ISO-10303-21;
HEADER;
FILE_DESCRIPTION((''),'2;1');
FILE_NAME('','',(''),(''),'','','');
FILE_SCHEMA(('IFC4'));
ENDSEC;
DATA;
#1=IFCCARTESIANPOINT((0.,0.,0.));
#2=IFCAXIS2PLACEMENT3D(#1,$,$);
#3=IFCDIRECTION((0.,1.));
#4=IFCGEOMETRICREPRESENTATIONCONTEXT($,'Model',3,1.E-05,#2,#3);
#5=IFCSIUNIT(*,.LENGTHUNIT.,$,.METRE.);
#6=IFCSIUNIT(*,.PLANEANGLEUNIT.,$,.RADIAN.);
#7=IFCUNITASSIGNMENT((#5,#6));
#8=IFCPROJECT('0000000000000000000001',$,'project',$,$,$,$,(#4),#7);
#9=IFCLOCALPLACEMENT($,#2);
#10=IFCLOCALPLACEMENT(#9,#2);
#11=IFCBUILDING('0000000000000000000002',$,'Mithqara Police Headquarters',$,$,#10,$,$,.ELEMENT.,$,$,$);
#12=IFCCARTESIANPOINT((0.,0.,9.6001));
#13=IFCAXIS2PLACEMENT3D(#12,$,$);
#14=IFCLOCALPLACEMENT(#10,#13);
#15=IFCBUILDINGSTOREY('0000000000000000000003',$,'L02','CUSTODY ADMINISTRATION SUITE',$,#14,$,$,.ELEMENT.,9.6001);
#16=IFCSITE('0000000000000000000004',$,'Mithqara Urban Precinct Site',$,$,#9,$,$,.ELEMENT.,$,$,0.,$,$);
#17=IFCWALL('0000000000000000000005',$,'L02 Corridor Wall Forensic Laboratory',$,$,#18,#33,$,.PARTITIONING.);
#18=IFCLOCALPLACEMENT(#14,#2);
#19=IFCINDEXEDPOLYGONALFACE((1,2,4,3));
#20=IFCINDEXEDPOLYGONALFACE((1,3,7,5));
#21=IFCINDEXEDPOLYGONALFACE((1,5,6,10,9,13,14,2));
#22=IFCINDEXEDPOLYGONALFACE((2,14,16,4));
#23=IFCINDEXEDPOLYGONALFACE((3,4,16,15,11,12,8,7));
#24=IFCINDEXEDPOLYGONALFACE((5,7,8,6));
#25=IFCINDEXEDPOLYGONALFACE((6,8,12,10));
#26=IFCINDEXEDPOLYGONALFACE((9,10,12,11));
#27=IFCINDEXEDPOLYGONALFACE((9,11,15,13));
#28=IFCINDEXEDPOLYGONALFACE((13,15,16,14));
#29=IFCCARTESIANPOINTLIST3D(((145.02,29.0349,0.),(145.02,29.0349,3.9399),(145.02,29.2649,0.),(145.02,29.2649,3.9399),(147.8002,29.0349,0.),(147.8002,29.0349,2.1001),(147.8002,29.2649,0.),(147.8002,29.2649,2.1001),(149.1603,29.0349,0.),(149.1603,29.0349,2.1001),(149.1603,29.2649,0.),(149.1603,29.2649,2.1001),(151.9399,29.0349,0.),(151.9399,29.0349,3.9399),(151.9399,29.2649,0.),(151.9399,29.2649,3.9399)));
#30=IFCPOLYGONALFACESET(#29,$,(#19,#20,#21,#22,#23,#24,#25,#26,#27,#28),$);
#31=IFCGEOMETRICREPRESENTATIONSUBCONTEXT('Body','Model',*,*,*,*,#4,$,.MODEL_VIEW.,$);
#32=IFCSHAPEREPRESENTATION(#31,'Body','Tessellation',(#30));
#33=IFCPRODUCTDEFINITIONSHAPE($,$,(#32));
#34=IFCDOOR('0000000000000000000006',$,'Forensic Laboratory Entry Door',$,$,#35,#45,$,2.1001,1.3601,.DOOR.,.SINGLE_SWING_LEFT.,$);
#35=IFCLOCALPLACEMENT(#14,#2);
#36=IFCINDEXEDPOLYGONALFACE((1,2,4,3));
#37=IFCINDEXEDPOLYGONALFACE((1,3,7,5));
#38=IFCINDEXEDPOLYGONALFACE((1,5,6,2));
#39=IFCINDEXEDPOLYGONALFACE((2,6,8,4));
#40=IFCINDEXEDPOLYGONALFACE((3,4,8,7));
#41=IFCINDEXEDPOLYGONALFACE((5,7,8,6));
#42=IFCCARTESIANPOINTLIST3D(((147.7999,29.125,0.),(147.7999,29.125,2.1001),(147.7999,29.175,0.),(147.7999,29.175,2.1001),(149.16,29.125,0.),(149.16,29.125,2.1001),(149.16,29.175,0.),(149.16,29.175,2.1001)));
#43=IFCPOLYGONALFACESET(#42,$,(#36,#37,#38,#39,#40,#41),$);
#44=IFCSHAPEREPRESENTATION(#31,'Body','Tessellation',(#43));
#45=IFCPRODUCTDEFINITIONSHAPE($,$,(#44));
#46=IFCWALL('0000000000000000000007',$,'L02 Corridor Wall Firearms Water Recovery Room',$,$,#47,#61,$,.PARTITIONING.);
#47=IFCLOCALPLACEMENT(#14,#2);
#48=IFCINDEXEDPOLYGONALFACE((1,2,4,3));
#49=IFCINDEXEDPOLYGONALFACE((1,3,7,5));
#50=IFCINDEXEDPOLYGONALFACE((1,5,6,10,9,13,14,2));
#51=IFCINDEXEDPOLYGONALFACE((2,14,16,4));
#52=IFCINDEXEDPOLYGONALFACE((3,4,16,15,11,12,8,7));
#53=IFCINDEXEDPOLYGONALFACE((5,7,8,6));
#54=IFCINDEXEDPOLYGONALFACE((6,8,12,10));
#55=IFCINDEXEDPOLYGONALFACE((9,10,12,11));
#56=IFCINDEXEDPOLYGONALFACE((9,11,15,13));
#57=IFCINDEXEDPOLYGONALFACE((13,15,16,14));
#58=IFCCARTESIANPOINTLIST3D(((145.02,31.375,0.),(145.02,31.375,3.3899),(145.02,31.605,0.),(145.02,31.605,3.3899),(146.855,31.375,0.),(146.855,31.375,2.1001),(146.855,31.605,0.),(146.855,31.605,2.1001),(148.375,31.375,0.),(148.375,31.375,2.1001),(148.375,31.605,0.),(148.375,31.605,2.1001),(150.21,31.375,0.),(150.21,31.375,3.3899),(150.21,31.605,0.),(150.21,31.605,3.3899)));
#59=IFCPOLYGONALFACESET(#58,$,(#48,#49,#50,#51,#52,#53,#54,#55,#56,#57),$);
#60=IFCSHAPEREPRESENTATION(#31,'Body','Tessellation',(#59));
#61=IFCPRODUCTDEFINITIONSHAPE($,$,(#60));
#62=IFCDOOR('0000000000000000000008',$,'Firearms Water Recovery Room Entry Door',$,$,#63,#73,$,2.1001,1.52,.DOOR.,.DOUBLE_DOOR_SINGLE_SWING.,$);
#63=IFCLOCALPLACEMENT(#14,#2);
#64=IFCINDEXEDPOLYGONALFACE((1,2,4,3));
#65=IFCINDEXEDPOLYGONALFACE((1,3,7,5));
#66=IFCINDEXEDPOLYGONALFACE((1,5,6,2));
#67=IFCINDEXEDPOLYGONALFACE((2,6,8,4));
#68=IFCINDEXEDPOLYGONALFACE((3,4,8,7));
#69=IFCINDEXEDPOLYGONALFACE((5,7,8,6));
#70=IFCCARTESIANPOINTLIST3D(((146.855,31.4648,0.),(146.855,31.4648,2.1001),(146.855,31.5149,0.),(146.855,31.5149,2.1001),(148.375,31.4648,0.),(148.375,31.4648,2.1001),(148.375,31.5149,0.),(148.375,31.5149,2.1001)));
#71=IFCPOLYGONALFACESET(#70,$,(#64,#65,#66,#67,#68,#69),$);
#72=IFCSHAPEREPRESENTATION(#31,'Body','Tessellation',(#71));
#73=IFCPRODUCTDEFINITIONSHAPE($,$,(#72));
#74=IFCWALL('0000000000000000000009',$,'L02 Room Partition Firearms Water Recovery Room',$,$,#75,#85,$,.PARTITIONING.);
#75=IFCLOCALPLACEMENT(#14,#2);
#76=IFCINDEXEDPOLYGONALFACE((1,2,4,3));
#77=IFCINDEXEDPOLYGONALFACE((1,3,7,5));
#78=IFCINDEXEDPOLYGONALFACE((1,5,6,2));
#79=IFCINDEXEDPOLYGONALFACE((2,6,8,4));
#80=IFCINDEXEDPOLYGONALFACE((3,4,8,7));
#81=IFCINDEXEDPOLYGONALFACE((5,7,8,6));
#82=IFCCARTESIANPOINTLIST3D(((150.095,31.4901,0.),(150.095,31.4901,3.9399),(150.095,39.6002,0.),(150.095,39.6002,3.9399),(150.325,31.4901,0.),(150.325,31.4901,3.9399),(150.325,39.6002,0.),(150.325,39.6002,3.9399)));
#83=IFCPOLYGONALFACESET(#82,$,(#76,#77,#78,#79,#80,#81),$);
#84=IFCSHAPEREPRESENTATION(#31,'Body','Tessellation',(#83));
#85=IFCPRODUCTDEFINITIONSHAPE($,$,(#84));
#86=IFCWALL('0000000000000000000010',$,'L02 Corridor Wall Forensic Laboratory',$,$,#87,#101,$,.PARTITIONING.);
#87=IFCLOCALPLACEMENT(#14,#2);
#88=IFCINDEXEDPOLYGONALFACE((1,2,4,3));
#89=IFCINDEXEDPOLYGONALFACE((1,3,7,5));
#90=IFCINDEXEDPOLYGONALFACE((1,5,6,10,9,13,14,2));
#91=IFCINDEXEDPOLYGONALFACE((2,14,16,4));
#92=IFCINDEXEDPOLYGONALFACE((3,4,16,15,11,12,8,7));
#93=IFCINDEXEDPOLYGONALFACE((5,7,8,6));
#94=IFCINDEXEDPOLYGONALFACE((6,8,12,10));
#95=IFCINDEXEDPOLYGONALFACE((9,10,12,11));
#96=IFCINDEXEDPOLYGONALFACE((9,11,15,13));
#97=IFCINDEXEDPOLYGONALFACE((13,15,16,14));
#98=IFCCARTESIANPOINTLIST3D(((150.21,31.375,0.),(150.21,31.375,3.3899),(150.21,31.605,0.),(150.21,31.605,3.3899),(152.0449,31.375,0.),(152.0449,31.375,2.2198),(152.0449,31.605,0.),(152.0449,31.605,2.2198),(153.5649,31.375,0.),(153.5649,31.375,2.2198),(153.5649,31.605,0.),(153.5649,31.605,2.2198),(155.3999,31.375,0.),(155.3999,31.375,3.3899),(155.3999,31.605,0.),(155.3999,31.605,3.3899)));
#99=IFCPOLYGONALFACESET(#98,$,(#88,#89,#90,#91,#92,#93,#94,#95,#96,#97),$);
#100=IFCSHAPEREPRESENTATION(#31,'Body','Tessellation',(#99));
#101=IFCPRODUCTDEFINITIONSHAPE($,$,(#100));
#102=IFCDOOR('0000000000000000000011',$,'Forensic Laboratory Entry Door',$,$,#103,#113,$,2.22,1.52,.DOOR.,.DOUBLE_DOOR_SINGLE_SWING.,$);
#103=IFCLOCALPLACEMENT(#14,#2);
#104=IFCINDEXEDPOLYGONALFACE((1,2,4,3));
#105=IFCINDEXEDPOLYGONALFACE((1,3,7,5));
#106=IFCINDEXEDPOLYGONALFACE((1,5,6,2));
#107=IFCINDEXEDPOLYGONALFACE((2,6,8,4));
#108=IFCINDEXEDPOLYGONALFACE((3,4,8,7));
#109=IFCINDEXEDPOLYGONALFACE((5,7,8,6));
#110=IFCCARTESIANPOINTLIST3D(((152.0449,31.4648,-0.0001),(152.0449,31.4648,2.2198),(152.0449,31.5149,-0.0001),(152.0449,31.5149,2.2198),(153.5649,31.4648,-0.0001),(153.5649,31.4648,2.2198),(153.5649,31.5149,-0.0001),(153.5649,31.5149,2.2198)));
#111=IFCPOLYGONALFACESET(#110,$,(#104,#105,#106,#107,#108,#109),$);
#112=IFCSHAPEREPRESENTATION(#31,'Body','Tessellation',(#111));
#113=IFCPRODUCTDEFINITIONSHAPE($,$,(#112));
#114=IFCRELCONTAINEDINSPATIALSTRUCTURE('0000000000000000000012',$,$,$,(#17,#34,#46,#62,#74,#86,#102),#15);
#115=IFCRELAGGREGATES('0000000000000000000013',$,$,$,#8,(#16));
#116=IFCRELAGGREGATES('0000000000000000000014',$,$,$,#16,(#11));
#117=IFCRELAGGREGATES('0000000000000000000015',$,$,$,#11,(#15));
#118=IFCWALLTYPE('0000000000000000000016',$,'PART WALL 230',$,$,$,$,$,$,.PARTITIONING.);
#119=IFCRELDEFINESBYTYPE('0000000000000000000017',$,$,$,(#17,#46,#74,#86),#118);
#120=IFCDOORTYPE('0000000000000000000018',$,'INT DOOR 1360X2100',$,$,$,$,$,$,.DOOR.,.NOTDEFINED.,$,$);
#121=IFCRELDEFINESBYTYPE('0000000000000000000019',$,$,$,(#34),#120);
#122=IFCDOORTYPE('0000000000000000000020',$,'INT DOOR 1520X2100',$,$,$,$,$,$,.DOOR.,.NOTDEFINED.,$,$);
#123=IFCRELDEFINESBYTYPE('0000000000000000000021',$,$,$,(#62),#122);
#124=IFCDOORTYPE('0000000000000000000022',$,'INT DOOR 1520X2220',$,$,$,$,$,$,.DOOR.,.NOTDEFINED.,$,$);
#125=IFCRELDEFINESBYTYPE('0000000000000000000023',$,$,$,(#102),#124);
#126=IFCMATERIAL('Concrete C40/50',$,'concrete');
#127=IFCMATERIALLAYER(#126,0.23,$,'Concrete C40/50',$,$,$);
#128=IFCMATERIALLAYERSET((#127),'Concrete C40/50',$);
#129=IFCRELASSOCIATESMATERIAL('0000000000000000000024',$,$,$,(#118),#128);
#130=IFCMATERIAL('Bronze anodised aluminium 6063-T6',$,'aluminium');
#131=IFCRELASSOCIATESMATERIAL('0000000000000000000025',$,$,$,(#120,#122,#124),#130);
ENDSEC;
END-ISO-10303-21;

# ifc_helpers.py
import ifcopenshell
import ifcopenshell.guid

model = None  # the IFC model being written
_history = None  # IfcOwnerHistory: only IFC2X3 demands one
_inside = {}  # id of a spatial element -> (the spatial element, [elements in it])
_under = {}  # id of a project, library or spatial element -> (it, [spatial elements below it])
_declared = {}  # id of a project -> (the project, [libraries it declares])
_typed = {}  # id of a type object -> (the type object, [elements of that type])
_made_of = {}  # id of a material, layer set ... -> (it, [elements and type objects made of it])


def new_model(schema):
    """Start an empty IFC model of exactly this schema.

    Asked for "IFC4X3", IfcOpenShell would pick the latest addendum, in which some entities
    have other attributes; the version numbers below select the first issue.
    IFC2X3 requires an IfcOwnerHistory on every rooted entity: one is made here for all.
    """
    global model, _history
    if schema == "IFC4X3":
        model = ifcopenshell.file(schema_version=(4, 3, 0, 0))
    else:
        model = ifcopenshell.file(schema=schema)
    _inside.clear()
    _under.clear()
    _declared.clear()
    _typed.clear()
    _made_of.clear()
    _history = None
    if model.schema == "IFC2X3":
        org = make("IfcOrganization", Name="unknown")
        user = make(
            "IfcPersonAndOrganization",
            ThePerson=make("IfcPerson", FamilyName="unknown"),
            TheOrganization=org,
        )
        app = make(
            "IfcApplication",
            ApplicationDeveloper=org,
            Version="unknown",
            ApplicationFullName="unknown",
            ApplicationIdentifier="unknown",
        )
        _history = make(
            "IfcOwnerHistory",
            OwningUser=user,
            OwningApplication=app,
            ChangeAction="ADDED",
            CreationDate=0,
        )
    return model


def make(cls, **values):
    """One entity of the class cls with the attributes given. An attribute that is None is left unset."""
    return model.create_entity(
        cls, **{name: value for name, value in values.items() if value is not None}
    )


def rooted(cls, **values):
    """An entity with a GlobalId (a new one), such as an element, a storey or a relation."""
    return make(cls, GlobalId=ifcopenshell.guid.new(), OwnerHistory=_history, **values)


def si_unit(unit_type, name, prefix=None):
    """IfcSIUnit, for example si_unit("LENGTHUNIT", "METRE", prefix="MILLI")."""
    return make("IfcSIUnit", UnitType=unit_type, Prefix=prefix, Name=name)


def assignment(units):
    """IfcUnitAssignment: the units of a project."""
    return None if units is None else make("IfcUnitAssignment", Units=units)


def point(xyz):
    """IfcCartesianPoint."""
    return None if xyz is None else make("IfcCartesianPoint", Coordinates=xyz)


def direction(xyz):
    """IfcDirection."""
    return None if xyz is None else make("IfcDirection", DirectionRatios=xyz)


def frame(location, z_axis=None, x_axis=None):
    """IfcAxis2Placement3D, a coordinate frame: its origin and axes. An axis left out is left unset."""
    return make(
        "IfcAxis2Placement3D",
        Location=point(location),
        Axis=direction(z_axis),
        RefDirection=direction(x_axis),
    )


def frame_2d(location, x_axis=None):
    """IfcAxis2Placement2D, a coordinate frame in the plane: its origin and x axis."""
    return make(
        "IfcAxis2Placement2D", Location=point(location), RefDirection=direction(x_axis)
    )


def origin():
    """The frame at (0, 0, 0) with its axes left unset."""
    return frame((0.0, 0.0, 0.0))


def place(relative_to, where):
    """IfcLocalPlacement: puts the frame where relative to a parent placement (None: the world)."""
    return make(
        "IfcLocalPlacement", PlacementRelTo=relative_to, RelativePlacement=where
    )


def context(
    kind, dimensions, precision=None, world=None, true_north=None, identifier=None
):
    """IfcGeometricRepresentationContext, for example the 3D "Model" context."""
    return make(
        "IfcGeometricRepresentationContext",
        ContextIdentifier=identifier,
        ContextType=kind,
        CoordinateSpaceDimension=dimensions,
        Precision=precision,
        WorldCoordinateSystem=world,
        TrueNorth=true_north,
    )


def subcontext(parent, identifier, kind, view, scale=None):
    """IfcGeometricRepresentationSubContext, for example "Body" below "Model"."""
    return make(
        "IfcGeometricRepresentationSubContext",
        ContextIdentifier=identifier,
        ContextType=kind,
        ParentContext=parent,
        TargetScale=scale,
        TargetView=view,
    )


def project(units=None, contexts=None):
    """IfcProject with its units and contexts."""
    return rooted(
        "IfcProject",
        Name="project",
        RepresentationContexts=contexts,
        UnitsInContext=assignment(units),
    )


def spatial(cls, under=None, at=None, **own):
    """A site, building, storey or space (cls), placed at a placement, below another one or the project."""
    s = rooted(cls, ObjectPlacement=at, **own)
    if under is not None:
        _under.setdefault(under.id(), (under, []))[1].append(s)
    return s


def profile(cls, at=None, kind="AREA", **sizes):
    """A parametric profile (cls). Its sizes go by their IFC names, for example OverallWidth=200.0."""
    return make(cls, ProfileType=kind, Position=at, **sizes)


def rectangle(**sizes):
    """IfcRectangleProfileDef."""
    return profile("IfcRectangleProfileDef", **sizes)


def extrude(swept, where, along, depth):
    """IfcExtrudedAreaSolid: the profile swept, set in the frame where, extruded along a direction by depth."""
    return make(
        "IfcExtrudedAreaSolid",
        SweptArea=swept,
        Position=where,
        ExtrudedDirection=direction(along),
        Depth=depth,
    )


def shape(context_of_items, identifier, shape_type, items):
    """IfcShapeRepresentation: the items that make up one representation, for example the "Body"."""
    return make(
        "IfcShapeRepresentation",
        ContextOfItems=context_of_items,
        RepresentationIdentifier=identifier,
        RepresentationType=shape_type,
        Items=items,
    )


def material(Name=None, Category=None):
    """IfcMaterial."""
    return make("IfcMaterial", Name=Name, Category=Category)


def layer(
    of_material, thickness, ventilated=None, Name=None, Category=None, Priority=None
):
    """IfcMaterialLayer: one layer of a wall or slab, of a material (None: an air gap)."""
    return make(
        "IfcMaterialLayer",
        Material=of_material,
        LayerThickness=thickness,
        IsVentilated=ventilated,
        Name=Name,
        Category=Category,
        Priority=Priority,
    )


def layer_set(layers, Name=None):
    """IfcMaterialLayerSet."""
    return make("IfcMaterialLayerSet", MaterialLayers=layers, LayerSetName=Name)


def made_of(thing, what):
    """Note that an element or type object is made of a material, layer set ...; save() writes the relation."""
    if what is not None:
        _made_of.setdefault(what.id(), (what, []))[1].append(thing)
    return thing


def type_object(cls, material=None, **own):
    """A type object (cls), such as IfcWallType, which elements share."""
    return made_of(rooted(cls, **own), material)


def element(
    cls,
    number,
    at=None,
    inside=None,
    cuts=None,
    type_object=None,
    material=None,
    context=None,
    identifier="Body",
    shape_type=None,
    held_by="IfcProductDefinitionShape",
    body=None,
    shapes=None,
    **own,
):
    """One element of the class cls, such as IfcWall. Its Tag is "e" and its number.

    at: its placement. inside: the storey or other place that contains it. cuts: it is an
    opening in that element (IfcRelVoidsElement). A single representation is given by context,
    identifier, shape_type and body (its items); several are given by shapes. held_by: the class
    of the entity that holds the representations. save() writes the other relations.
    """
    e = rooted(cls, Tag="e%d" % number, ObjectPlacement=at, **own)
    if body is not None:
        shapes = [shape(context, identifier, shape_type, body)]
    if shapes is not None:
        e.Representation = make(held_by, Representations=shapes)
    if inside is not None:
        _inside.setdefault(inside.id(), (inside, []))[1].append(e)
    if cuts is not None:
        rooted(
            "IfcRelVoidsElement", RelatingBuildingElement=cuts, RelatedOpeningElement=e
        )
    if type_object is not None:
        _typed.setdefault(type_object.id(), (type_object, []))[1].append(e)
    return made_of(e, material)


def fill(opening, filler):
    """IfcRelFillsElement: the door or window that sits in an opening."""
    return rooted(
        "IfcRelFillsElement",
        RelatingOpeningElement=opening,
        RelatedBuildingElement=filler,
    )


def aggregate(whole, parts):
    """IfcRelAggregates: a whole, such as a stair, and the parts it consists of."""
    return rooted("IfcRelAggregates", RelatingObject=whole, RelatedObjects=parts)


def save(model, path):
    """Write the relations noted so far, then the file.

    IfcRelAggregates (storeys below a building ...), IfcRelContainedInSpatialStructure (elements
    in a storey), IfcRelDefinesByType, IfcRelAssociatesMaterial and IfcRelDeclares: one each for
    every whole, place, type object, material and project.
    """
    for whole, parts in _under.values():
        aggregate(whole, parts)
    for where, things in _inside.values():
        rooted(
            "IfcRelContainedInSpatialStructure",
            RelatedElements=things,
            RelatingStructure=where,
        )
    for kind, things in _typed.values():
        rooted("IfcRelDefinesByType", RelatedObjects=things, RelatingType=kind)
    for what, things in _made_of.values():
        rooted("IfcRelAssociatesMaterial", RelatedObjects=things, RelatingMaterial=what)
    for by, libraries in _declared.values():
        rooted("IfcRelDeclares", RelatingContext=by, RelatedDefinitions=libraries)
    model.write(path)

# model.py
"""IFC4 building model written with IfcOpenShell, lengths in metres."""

from ifc_helpers import new_model, si_unit, direction, frame, frame_2d, origin, place, context, subcontext, project, spatial, rectangle, extrude, material, layer, layer_set, type_object, element, fill, save


model = new_model("IFC4")

# Units and contexts
model_context = context("Model", 3, precision=1e-05, world=origin(), true_north=direction((0.0, 1.0)))
body_context = subcontext(model_context, "Body", "Model", "MODEL_VIEW")
ifc_project = project(units=[si_unit("LENGTHUNIT", "METRE"), si_unit("PLANEANGLEUNIT", "RADIAN")], contexts=[model_context])

# Site, building, storey
site_placement = place(None, origin())
site = spatial("IfcSite", under=ifc_project, at=site_placement, Name="Mithqara Urban Precinct Site", CompositionType="ELEMENT", RefElevation=0.0)
building_placement = place(site_placement, origin())
building = spatial("IfcBuilding", under=site, at=building_placement, Name="Mithqara Police Headquarters", CompositionType="ELEMENT")
storey_placement = place(building_placement, frame((0.0, 0.0, 9.6001)))
storey = spatial("IfcBuildingStorey", under=building, at=storey_placement, Name="L02", Description="CUSTODY ADMINISTRATION SUITE", CompositionType="ELEMENT", Elevation=9.6001)

# Shared definitions
ifc_material_1 = material(Name="Concrete C40/50", Category="concrete")

# Walls, openings, doors
ifc_layer_1 = layer(ifc_material_1, 0.23, Name="Concrete C40/50")
ifc_layer_set_1 = layer_set([ifc_layer_1], Name="Concrete C40/50")
wall_type_1 = type_object("IfcWallType", Name="PART WALL 230", PredefinedType="PARTITIONING", material=ifc_layer_set_1)
wall_1_placement = place(storey_placement, frame((145.02, 29.1499, 0.0), z_axis=(0.0, 0.0, 1.0), x_axis=(1.0, 0.0, 0.0)))
wall_1 = element("IfcWall", 1, at=wall_1_placement, inside=storey, type_object=wall_type_1, Name="L02 Corridor Wall Forensic Laboratory", PredefinedType="PARTITIONING", context=body_context, shape_type="SweptSolid", body=[
    extrude(rectangle(XDim=6.9199, YDim=0.23, at=frame_2d((3.46, 0.0))), origin(), (0.0, 0.0, 1.0), 3.9399),
])
opening_1_placement = place(wall_1_placement, frame((2.78, 0.0, 0.0)))
opening_1 = element("IfcOpeningElement", 2, at=opening_1_placement, cuts=wall_1, PredefinedType="OPENING", context=body_context, shape_type="SweptSolid", body=[
    extrude(rectangle(XDim=1.3601, YDim=2.1001, at=frame_2d((0.6802, 1.05))), frame((0.0, 0.125, 0.0), z_axis=(0.0, -1.0, 0.0), x_axis=(1.0, 0.0, 0.0)), (0.0, 0.0, 1.0), 0.25),
])
ifc_material_2 = material(Name="Bronze anodised aluminium 6063-T6", Category="aluminium")
door_type_1 = type_object("IfcDoorType", Name="INT DOOR 1360X2100", OperationType="NOTDEFINED", PredefinedType="DOOR", material=ifc_material_2)
door_1_placement = place(opening_1_placement, frame((1.3601, 0.0, 0.0), z_axis=(0.0, 0.0, 1.0), x_axis=(-1.0, 0.0, 0.0)))
door_1 = element("IfcDoor", 3, at=door_1_placement, inside=storey, type_object=door_type_1, Name="Forensic Laboratory Entry Door", OperationType="SINGLE_SWING_LEFT", OverallHeight=2.1001, OverallWidth=1.3601, PredefinedType="DOOR", context=body_context, shape_type="SweptSolid", body=[
    extrude(rectangle(XDim=1.3601, YDim=2.1001, at=frame_2d((0.6802, 1.05))), frame((0.0, 0.0249, 0.0), z_axis=(0.0, -1.0, 0.0), x_axis=(1.0, 0.0, 0.0)), (0.0, 0.0, 1.0), 0.05),
])
fill(opening_1, door_1)
wall_2_placement = place(storey_placement, frame((145.02, 31.49, 0.0), z_axis=(0.0, 0.0, 1.0), x_axis=(1.0, 0.0, 0.0)))
wall_2 = element("IfcWall", 4, at=wall_2_placement, inside=storey, type_object=wall_type_1, Name="L02 Corridor Wall Firearms Water Recovery Room", PredefinedType="PARTITIONING", context=body_context, shape_type="SweptSolid", body=[
    extrude(rectangle(XDim=5.1899, YDim=0.23, at=frame_2d((2.595, 0.0))), origin(), (0.0, 0.0, 1.0), 3.3899),
])
opening_2_placement = place(wall_2_placement, frame((1.835, 0.0, 0.0)))
opening_2 = element("IfcOpeningElement", 5, at=opening_2_placement, cuts=wall_2, PredefinedType="OPENING", context=body_context, shape_type="SweptSolid", body=[
    extrude(rectangle(XDim=1.52, YDim=2.1001, at=frame_2d((0.76, 1.05))), frame((0.0, 0.125, 0.0), z_axis=(0.0, -1.0, 0.0), x_axis=(1.0, 0.0, 0.0)), (0.0, 0.0, 1.0), 0.25),
])
door_type_2 = type_object("IfcDoorType", Name="INT DOOR 1520X2100", OperationType="NOTDEFINED", PredefinedType="DOOR", material=ifc_material_2)
door_2_placement = place(opening_2_placement, origin())
door_2 = element("IfcDoor", 6, at=door_2_placement, inside=storey, type_object=door_type_2, Name="Firearms Water Recovery Room Entry Door", OperationType="DOUBLE_DOOR_SINGLE_SWING", OverallHeight=2.1001, OverallWidth=1.52, PredefinedType="DOOR", context=body_context, shape_type="SweptSolid", body=[
    extrude(rectangle(XDim=1.52, YDim=2.1001, at=frame_2d((0.76, 1.05))), frame((0.0, 0.0249, 0.0), z_axis=(0.0, -1.0, 0.0), x_axis=(1.0, 0.0, 0.0)), (0.0, 0.0, 1.0), 0.05),
])
fill(opening_2, door_2)

# Wall
wall_3_placement = place(storey_placement, frame((150.21, 31.49, 0.0), z_axis=(0.0, 0.0, 1.0), x_axis=(0.0, 1.0, 0.0)))
element("IfcWall", 7, at=wall_3_placement, inside=storey, type_object=wall_type_1, Name="L02 Room Partition Firearms Water Recovery Room", PredefinedType="PARTITIONING", context=body_context, shape_type="SweptSolid", body=[
    extrude(rectangle(XDim=8.1101, YDim=0.23, at=frame_2d((4.0552, 0.0))), origin(), (0.0, 0.0, 1.0), 3.9399),
])

# Wall, opening, door
wall_4_placement = place(storey_placement, frame((150.21, 31.49, 0.0), z_axis=(0.0, 0.0, 1.0), x_axis=(1.0, 0.0, 0.0)))
wall_4 = element("IfcWall", 8, at=wall_4_placement, inside=storey, type_object=wall_type_1, Name="L02 Corridor Wall Forensic Laboratory", PredefinedType="PARTITIONING", context=body_context, shape_type="SweptSolid", body=[
    extrude(rectangle(XDim=5.1899, YDim=0.23, at=frame_2d((2.595, 0.0))), origin(), (0.0, 0.0, 1.0), 3.3899),
])
opening_3_placement = place(wall_4_placement, frame((1.835, 0.0, 0.0)))
opening_3 = element("IfcOpeningElement", 9, at=opening_3_placement, cuts=wall_4, PredefinedType="OPENING", context=body_context, shape_type="SweptSolid", body=[
    extrude(rectangle(XDim=1.52, YDim=2.22, at=frame_2d((0.76, 1.1099))), frame((0.0, 0.125, 0.0), z_axis=(0.0, -1.0, 0.0), x_axis=(1.0, 0.0, 0.0)), (0.0, 0.0, 1.0), 0.25),
])
door_type_3 = type_object("IfcDoorType", Name="INT DOOR 1520X2220", OperationType="NOTDEFINED", PredefinedType="DOOR", material=ifc_material_2)
door_3_placement = place(opening_3_placement, origin())
door_3 = element("IfcDoor", 10, at=door_3_placement, inside=storey, type_object=door_type_3, Name="Forensic Laboratory Entry Door", OperationType="DOUBLE_DOOR_SINGLE_SWING", OverallHeight=2.22, OverallWidth=1.52, PredefinedType="DOOR", context=body_context, shape_type="SweptSolid", body=[
    extrude(rectangle(XDim=1.52, YDim=2.22, at=frame_2d((0.76, 1.1099))), frame((0.0, 0.0249, 0.0), z_axis=(0.0, -1.0, 0.0), x_axis=(1.0, 0.0, 0.0)), (0.0, 0.0, 1.0), 0.05),
])
fill(opening_3, door_3)

save(model, "model.ifc")
